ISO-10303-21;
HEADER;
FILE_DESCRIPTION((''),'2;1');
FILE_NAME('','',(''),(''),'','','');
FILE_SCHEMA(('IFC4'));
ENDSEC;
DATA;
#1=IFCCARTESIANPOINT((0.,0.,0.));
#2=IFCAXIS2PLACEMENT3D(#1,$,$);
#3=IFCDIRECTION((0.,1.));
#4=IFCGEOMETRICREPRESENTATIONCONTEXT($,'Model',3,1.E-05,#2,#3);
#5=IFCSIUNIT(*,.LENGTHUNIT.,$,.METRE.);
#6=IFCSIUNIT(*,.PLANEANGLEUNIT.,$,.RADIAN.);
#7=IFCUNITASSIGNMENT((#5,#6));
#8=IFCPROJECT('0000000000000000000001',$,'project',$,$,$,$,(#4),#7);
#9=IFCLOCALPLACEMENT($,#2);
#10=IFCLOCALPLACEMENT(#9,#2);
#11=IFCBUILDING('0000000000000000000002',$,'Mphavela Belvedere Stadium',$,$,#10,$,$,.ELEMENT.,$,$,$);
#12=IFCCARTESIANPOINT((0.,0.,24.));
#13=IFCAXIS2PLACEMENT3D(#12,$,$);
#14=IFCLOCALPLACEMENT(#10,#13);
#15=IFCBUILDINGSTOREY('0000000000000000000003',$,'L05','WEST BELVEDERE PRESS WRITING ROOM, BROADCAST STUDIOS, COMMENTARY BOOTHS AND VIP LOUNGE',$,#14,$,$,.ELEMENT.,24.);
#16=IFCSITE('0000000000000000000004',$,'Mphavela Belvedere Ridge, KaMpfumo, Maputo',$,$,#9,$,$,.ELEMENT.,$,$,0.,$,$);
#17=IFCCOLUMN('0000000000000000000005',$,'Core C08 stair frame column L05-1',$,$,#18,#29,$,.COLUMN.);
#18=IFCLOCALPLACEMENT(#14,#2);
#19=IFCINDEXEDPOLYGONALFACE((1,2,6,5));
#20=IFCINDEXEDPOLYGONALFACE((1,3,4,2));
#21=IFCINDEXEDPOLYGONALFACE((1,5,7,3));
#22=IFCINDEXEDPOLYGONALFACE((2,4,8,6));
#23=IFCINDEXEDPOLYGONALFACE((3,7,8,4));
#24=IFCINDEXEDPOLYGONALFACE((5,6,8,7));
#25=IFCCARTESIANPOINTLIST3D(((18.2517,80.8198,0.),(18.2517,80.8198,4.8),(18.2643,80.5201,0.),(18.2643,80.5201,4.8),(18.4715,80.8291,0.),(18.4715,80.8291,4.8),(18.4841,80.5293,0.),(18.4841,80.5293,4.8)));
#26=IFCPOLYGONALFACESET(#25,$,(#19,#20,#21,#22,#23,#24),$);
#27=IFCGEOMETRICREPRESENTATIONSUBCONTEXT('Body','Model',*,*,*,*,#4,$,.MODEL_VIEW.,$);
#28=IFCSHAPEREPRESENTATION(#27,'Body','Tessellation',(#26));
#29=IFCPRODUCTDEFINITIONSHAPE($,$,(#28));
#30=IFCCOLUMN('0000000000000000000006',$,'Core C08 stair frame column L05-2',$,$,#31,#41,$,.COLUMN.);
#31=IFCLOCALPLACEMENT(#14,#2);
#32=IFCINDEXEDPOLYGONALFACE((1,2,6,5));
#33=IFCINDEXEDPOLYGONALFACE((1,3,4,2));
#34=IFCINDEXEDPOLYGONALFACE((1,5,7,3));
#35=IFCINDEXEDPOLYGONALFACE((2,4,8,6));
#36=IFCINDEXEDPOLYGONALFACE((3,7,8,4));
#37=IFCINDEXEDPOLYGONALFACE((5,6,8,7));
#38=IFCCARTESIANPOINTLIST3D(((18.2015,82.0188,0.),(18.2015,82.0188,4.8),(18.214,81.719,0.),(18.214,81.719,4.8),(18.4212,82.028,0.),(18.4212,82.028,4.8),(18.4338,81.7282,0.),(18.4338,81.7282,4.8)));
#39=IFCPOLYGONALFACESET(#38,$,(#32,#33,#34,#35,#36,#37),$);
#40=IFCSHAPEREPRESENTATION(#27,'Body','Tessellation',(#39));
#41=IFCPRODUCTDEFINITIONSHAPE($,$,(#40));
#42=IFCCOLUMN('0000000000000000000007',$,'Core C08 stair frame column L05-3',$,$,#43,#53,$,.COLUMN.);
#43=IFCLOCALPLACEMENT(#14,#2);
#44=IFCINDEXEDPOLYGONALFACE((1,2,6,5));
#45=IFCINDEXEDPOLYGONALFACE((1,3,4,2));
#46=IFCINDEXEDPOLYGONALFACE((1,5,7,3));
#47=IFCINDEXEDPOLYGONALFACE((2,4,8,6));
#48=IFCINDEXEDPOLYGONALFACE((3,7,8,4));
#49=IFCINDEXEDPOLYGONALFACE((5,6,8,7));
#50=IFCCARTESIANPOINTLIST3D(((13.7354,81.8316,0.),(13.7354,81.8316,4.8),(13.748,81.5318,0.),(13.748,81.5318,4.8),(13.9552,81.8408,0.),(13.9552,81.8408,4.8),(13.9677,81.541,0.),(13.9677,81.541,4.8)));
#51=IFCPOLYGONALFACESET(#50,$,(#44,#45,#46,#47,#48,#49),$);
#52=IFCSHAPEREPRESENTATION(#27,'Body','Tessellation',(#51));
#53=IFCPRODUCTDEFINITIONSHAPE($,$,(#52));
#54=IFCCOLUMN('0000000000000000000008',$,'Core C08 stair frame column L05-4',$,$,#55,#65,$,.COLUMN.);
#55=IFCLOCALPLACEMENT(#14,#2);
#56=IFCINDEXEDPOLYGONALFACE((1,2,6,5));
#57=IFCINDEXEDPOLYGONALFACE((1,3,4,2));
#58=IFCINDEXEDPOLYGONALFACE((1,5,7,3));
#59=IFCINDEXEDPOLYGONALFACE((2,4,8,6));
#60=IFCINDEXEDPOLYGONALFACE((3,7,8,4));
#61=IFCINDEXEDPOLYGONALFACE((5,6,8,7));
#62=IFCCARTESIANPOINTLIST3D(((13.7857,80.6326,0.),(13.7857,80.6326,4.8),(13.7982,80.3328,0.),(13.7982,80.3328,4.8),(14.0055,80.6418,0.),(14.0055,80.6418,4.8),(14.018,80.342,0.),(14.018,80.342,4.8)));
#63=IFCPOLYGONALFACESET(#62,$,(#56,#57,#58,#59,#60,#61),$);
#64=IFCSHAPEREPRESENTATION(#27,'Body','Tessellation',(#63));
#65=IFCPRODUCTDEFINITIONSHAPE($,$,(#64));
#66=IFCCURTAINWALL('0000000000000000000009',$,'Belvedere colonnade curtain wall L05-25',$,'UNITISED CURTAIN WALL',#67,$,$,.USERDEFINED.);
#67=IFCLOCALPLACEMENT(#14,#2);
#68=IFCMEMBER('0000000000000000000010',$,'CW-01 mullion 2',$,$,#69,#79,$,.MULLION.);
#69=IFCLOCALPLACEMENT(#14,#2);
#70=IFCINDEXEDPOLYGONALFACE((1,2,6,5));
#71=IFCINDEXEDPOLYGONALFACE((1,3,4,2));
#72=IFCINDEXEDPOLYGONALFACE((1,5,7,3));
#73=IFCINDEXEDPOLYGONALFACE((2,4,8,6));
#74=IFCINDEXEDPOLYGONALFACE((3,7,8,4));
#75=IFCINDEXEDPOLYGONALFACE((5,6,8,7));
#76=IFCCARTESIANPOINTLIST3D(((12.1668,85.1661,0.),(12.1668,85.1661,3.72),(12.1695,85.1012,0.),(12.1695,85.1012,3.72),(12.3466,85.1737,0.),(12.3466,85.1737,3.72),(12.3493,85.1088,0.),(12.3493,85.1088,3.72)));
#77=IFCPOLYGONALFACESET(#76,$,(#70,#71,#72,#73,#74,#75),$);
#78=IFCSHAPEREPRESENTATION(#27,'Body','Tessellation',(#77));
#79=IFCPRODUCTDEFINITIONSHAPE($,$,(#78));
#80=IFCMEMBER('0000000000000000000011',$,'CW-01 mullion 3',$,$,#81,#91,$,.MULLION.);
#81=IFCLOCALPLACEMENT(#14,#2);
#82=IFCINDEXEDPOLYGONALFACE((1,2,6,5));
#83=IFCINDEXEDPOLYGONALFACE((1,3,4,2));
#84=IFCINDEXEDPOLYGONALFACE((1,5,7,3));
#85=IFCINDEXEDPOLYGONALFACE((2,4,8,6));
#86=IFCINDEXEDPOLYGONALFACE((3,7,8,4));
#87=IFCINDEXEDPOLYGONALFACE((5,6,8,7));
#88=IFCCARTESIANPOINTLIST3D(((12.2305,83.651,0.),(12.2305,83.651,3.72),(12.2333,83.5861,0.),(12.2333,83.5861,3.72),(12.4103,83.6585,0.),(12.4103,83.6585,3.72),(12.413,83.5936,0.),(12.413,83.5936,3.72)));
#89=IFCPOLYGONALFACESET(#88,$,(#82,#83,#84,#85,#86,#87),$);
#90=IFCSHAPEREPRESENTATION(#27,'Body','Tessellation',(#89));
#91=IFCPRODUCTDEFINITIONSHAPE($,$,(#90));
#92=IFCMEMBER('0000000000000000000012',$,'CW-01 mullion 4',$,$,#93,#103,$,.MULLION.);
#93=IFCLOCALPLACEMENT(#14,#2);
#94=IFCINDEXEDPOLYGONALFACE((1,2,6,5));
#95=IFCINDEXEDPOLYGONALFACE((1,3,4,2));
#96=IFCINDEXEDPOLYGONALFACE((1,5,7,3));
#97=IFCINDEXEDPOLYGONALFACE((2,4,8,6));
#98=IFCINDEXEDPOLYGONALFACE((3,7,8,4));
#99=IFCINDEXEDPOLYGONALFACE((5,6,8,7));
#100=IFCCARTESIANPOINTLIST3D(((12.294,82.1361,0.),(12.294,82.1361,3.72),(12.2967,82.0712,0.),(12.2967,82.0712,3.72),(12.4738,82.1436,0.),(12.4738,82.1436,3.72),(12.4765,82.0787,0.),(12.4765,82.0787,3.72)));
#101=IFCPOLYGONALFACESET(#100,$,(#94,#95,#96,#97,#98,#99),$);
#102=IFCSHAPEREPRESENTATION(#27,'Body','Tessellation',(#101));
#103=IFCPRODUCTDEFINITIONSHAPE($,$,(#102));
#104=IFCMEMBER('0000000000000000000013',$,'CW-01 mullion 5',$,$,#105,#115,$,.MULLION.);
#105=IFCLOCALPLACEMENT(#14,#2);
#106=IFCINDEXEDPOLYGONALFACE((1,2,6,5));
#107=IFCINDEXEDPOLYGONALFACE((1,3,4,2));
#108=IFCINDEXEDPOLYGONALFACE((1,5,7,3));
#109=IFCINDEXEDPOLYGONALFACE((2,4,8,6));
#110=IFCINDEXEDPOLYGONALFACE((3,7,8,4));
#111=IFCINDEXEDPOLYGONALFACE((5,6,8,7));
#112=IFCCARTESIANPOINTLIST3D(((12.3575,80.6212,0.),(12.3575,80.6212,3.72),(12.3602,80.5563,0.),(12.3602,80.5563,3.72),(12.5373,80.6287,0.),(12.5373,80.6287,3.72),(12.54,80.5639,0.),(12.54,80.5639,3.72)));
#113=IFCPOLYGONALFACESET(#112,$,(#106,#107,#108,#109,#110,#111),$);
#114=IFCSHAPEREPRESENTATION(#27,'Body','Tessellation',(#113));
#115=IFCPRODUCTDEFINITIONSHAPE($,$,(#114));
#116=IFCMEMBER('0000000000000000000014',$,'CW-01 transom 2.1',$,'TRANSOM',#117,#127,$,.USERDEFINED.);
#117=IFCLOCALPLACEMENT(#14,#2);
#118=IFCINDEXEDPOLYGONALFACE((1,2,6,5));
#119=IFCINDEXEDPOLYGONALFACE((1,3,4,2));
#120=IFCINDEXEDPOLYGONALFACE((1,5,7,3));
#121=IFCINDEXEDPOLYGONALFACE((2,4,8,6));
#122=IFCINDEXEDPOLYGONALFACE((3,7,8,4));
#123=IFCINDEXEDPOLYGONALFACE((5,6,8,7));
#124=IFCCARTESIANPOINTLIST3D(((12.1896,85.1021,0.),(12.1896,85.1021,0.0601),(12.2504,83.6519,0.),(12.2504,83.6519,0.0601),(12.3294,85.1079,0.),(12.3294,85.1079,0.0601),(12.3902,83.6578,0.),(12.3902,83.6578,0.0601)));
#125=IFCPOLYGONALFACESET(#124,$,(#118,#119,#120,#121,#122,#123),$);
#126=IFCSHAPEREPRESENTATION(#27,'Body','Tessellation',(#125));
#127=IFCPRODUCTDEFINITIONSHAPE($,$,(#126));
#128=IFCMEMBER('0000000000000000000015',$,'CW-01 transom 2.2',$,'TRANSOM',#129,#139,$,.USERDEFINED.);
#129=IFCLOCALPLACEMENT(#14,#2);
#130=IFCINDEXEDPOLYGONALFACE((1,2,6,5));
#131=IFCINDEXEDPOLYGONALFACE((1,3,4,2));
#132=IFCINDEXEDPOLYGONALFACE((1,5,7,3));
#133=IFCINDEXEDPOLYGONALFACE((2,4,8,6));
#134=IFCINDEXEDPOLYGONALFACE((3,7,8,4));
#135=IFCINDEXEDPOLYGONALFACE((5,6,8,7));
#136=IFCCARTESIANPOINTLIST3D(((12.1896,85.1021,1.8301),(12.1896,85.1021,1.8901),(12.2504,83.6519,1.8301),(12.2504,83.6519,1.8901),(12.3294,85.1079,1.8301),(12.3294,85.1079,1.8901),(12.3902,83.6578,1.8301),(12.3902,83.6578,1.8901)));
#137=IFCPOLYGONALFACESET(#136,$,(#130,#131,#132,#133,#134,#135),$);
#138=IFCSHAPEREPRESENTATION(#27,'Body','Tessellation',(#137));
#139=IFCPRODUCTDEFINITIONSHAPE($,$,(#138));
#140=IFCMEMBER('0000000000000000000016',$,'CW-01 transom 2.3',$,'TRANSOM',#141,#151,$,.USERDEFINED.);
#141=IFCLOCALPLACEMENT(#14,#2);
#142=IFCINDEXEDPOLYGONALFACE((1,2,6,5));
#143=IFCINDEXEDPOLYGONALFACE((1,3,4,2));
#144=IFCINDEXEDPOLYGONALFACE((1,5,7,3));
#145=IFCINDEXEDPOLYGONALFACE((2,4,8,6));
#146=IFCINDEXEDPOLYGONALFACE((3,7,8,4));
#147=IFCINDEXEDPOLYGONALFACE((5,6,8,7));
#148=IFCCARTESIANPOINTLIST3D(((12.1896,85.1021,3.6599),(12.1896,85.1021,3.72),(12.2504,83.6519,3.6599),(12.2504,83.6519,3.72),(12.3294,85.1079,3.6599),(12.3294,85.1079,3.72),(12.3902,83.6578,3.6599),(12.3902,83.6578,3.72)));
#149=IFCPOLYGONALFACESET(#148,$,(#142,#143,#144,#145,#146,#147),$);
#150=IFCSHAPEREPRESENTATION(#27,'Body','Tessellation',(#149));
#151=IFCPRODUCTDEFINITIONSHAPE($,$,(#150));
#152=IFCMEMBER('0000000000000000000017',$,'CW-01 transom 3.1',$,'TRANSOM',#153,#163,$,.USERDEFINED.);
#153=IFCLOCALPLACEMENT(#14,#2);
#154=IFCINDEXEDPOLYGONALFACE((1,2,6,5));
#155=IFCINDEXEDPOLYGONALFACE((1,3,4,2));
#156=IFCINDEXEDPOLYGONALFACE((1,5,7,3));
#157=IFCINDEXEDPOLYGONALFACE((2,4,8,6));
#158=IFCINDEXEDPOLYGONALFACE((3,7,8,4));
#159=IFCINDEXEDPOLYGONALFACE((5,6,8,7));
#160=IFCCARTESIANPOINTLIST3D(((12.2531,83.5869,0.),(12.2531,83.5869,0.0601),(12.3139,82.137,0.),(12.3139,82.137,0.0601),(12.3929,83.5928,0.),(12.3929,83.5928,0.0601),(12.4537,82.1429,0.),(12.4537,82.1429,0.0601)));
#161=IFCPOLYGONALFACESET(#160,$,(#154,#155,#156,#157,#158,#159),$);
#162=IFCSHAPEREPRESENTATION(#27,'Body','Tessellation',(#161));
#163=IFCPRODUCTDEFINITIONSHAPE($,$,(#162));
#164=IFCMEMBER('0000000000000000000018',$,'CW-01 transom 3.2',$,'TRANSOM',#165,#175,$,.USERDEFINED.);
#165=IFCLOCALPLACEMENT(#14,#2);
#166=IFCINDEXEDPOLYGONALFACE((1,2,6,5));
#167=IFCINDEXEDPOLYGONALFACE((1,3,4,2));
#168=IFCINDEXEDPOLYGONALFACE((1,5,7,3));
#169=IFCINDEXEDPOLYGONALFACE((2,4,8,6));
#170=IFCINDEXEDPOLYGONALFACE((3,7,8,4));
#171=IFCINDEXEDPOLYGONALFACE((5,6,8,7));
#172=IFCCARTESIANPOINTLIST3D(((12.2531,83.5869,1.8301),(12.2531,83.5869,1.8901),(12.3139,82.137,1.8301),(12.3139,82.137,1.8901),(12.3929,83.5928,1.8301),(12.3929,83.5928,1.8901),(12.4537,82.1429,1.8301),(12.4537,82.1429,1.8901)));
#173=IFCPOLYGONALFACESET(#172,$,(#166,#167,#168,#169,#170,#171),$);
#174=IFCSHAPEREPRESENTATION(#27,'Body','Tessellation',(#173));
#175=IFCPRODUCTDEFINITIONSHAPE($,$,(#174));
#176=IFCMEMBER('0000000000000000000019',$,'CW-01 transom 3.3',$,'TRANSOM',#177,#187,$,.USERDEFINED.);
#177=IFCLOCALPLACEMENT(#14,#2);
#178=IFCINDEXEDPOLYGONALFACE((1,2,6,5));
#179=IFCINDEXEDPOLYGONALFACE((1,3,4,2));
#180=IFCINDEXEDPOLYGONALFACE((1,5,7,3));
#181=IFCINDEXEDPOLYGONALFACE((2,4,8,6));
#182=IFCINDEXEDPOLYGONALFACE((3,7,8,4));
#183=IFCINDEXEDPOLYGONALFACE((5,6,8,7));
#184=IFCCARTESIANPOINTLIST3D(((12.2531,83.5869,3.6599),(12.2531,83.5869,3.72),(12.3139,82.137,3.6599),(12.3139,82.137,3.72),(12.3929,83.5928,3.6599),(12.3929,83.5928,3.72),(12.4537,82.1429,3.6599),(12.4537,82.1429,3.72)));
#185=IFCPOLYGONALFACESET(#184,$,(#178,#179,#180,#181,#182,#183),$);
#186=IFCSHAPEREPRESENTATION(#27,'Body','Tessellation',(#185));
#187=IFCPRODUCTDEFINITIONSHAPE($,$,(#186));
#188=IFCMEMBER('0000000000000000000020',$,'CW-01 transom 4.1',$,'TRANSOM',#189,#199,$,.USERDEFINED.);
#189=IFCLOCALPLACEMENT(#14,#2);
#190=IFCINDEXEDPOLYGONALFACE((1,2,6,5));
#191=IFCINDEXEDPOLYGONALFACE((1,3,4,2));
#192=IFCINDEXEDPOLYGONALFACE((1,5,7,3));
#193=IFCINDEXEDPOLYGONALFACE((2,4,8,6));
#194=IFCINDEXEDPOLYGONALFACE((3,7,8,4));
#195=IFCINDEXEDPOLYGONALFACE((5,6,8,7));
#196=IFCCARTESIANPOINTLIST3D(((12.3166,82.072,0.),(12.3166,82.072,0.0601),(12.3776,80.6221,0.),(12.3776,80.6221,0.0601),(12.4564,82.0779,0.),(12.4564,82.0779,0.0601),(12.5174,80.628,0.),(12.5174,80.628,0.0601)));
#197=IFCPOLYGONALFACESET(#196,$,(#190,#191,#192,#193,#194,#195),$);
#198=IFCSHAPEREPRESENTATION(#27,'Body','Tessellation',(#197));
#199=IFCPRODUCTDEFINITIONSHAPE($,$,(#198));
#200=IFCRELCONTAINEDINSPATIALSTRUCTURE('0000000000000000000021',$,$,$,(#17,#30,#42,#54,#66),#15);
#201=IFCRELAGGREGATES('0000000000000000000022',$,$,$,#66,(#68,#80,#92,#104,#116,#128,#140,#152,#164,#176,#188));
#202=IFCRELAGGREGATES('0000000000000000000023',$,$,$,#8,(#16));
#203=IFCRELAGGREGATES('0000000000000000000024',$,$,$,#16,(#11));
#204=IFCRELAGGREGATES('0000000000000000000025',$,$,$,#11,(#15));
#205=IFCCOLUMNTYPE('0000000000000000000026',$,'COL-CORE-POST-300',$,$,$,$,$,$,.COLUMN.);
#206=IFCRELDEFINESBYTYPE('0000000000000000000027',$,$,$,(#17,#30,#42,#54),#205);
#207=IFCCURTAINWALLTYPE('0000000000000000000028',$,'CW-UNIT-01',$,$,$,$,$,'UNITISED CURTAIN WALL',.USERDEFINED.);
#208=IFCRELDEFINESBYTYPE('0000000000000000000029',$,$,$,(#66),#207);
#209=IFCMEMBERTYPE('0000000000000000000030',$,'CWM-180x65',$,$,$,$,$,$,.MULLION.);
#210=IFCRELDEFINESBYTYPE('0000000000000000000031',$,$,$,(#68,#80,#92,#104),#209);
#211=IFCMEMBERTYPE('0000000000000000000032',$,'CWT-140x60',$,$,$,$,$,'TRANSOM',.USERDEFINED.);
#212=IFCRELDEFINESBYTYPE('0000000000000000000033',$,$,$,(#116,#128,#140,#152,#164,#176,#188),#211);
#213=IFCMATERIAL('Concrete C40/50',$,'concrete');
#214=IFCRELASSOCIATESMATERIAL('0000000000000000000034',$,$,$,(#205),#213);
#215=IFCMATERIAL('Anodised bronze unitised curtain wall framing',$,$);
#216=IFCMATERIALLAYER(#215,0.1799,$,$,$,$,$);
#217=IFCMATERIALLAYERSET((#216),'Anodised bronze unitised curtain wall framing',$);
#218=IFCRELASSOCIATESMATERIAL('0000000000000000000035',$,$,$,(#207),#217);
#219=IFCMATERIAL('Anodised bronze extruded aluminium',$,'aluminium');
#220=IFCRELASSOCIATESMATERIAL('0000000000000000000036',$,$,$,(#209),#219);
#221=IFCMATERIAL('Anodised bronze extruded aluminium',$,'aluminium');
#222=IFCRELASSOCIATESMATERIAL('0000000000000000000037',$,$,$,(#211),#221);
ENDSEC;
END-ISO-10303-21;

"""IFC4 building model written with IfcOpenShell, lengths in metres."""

from ifc_helpers import new_model, si_unit, direction, frame, origin, origin_2d, place, context, subcontext, project, spatial, rectangle, extrude, material, layer, layer_set, material_profile, profile_set, type_object, element, aggregate, save


model = new_model("IFC4")

# Units and contexts
model_context = context("Model", 3, precision=1e-05, world=origin(), true_north=direction((0.0, 1.0)))
body_context = subcontext(model_context, "Body", "Model", "MODEL_VIEW")
ifc_project = project(units=[si_unit("LENGTHUNIT", "METRE"), si_unit("PLANEANGLEUNIT", "RADIAN")], contexts=[model_context])

# Site, building, storey
site_placement = place(None, origin())
site = spatial("IfcSite", under=ifc_project, at=site_placement, Name="Mphavela Belvedere Ridge, KaMpfumo, Maputo", CompositionType="ELEMENT", RefElevation=0.0)
building_placement = place(site_placement, origin())
building = spatial("IfcBuilding", under=site, at=building_placement, Name="Mphavela Belvedere Stadium", CompositionType="ELEMENT")
storey_placement = place(building_placement, frame((0.0, 0.0, 24.0)))
storey = spatial("IfcBuildingStorey", under=building, at=storey_placement, Name="L05", Description="WEST BELVEDERE PRESS WRITING ROOM, BROADCAST STUDIOS, COMMENTARY BOOTHS AND VIP LOUNGE", CompositionType="ELEMENT", Elevation=24.0)

# Columns
ifc_material_1 = material(Name="Concrete C40/50", Category="concrete")
ifc_material_profile_1 = material_profile(ifc_material_1, rectangle(XDim=0.3, YDim=0.22, at=origin_2d()), Name="RC 300x220")
ifc_profile_set_1 = profile_set([ifc_material_profile_1], Name="Concrete C40/50")
column_type = type_object("IfcColumnType", Name="COL-CORE-POST-300", PredefinedType="COLUMN", material=ifc_profile_set_1)
for number, where, z_axis, x_axis, name in (
    (1, (18.3679, 80.6746, 0.0), (0.0, 0.0, 1.0), (-0.041876, 0.999123, 0.0), "Core C08 stair frame column L05-1"),
    (2, (18.3176, 81.8735, 0.0), (0.0, 0.0, 1.0), (-0.041876, 0.999123, 0.0), "Core C08 stair frame column L05-2"),
    (3, (13.8516, 81.6863, 0.0), (0.0, 0.0, 1.0), (-0.041876, 0.999123, 0.0), "Core C08 stair frame column L05-3"),
    (4, (13.9019, 80.4873, 0.0), (0.0, 0.0, 1.0), (-0.041876, 0.999123, 0.0), "Core C08 stair frame column L05-4"),
):
    element("IfcColumn", number, at=place(storey_placement, frame(where, z_axis=z_axis, x_axis=x_axis)), inside=storey, type_object=column_type, Name=name, PredefinedType="COLUMN", context=body_context, shape_type="SweptSolid", body=[
        extrude(rectangle(XDim=0.3, YDim=0.22, at=origin_2d()), origin(), (0.0, 0.0, 1.0), 4.8),
    ])

# Curtain wall, members
ifc_material_2 = material(Name="Anodised bronze unitised curtain wall framing")
ifc_layer_1 = layer(ifc_material_2, 0.1799)
ifc_layer_set_1 = layer_set([ifc_layer_1], Name="Anodised bronze unitised curtain wall framing")
curtain_wall_type = type_object("IfcCurtainWallType", Name="CW-UNIT-01", ElementType="UNITISED CURTAIN WALL", PredefinedType="USERDEFINED", material=ifc_layer_set_1)
curtain_wall_placement = place(storey_placement, origin())
curtain_wall = element("IfcCurtainWall", 5, at=curtain_wall_placement, inside=storey, type_object=curtain_wall_type, Name="Belvedere colonnade curtain wall L05-25", ObjectType="UNITISED CURTAIN WALL", PredefinedType="USERDEFINED")
ifc_material_3 = material(Name="Anodised bronze extruded aluminium", Category="aluminium")
ifc_material_profile_2 = material_profile(ifc_material_3, rectangle(XDim=0.1799, YDim=0.0649, at=origin_2d()), Name="CW-MUL 180x65")
ifc_profile_set_2 = profile_set([ifc_material_profile_2], Name="Anodised bronze extruded aluminium")
member_type_1 = type_object("IfcMemberType", Name="CWM-180x65", PredefinedType="MULLION", material=ifc_profile_set_2)
member_1_placement = place(storey_placement, frame((12.2581, 85.1375, 0.0), z_axis=(0.0, 0.0, 1.0), x_axis=(0.999122, 0.041905, 0.0)))
member_1 = element("IfcMember", 6, at=member_1_placement, type_object=member_type_1, Name="CW-01 mullion 2", PredefinedType="MULLION", context=body_context, shape_type="SweptSolid", body=[
    extrude(rectangle(XDim=0.1799, YDim=0.0649, at=origin_2d()), origin(), (0.0, 0.0, 1.0), 3.72),
])
member_2_placement = place(storey_placement, frame((12.3218, 83.6223, 0.0), z_axis=(0.0, 0.0, 1.0), x_axis=(0.999122, 0.041905, 0.0)))
member_2 = element("IfcMember", 7, at=member_2_placement, type_object=member_type_1, Name="CW-01 mullion 3", PredefinedType="MULLION", context=body_context, shape_type="SweptSolid", body=[
    extrude(rectangle(XDim=0.1799, YDim=0.0649, at=origin_2d()), origin(), (0.0, 0.0, 1.0), 3.72),
])
member_3_placement = place(storey_placement, frame((12.3853, 82.1074, 0.0), z_axis=(0.0, 0.0, 1.0), x_axis=(0.999122, 0.041905, 0.0)))
member_3 = element("IfcMember", 8, at=member_3_placement, type_object=member_type_1, Name="CW-01 mullion 4", PredefinedType="MULLION", context=body_context, shape_type="SweptSolid", body=[
    extrude(rectangle(XDim=0.1799, YDim=0.0649, at=origin_2d()), origin(), (0.0, 0.0, 1.0), 3.72),
])
member_4_placement = place(storey_placement, frame((12.4487, 80.5925, 0.0), z_axis=(0.0, 0.0, 1.0), x_axis=(0.999122, 0.041905, 0.0)))
member_4 = element("IfcMember", 9, at=member_4_placement, type_object=member_type_1, Name="CW-01 mullion 5", PredefinedType="MULLION", context=body_context, shape_type="SweptSolid", body=[
    extrude(rectangle(XDim=0.1799, YDim=0.0649, at=origin_2d()), origin(), (0.0, 0.0, 1.0), 3.72),
])
ifc_material_4 = material(Name="Anodised bronze extruded aluminium", Category="aluminium")
ifc_material_profile_3 = material_profile(ifc_material_4, rectangle(XDim=0.1399, YDim=0.0601, at=origin_2d()), Name="CW-TRN 140x60")
ifc_profile_set_3 = profile_set([ifc_material_profile_3], Name="Anodised bronze extruded aluminium")
member_type_2 = type_object("IfcMemberType", Name="CWT-140x60", ElementType="TRANSOM", PredefinedType="USERDEFINED", material=ifc_profile_set_3)
member_5_placement = place(storey_placement, frame((12.2595, 85.105, 0.03), z_axis=(0.041882, -0.999123, 0.0), x_axis=(0.999123, 0.041882, 0.0)))
member_5 = element("IfcMember", 10, at=member_5_placement, type_object=member_type_2, Name="CW-01 transom 2.1", ObjectType="TRANSOM", PredefinedType="USERDEFINED", context=body_context, shape_type="SweptSolid", body=[
    extrude(rectangle(XDim=0.1399, YDim=0.0601, at=origin_2d()), origin(), (0.0, 0.0, 1.0), 1.4514),
])
member_6_placement = place(storey_placement, frame((12.2595, 85.105, 1.8601), z_axis=(0.041882, -0.999123, 0.0), x_axis=(0.999123, 0.041882, 0.0)))
member_6 = element("IfcMember", 11, at=member_6_placement, type_object=member_type_2, Name="CW-01 transom 2.2", ObjectType="TRANSOM", PredefinedType="USERDEFINED", context=body_context, shape_type="SweptSolid", body=[
    extrude(rectangle(XDim=0.1399, YDim=0.0601, at=origin_2d()), origin(), (0.0, 0.0, 1.0), 1.4514),
])
member_7_placement = place(storey_placement, frame((12.2595, 85.105, 3.6899), z_axis=(0.041882, -0.999123, 0.0), x_axis=(0.999123, 0.041882, 0.0)))
member_7 = element("IfcMember", 12, at=member_7_placement, type_object=member_type_2, Name="CW-01 transom 2.3", ObjectType="TRANSOM", PredefinedType="USERDEFINED", context=body_context, shape_type="SweptSolid", body=[
    extrude(rectangle(XDim=0.1399, YDim=0.0601, at=origin_2d()), origin(), (0.0, 0.0, 1.0), 1.4514),
])
member_8_placement = place(storey_placement, frame((12.323, 83.5898, 0.03), z_axis=(0.041889, -0.999122, 0.0), x_axis=(0.999122, 0.041889, 0.0)))
member_8 = element("IfcMember", 13, at=member_8_placement, type_object=member_type_2, Name="CW-01 transom 3.1", ObjectType="TRANSOM", PredefinedType="USERDEFINED", context=body_context, shape_type="SweptSolid", body=[
    extrude(rectangle(XDim=0.1399, YDim=0.0601, at=origin_2d()), origin(), (0.0, 0.0, 1.0), 1.4512),
])
member_9_placement = place(storey_placement, frame((12.323, 83.5898, 1.8601), z_axis=(0.041889, -0.999122, 0.0), x_axis=(0.999122, 0.041889, 0.0)))
member_9 = element("IfcMember", 14, at=member_9_placement, type_object=member_type_2, Name="CW-01 transom 3.2", ObjectType="TRANSOM", PredefinedType="USERDEFINED", context=body_context, shape_type="SweptSolid", body=[
    extrude(rectangle(XDim=0.1399, YDim=0.0601, at=origin_2d()), origin(), (0.0, 0.0, 1.0), 1.4512),
])
member_10_placement = place(storey_placement, frame((12.323, 83.5898, 3.6899), z_axis=(0.041889, -0.999122, 0.0), x_axis=(0.999122, 0.041889, 0.0)))
member_10 = element("IfcMember", 15, at=member_10_placement, type_object=member_type_2, Name="CW-01 transom 3.3", ObjectType="TRANSOM", PredefinedType="USERDEFINED", context=body_context, shape_type="SweptSolid", body=[
    extrude(rectangle(XDim=0.1399, YDim=0.0601, at=origin_2d()), origin(), (0.0, 0.0, 1.0), 1.4512),
])
member_11_placement = place(storey_placement, frame((12.3865, 82.075, 0.03), z_axis=(0.042057, -0.999115, 0.0), x_axis=(0.999115, 0.042057, 0.0)))
member_11 = element("IfcMember", 16, at=member_11_placement, type_object=member_type_2, Name="CW-01 transom 4.1", ObjectType="TRANSOM", PredefinedType="USERDEFINED", context=body_context, shape_type="SweptSolid", body=[
    extrude(rectangle(XDim=0.1399, YDim=0.0601, at=origin_2d()), origin(), (0.0, 0.0, 1.0), 1.4512),
])
aggregate(curtain_wall, [member_1, member_2, member_3, member_4, member_5, member_6, member_7, member_8, member_9, member_10, member_11])

save(model, "model.ifc")
